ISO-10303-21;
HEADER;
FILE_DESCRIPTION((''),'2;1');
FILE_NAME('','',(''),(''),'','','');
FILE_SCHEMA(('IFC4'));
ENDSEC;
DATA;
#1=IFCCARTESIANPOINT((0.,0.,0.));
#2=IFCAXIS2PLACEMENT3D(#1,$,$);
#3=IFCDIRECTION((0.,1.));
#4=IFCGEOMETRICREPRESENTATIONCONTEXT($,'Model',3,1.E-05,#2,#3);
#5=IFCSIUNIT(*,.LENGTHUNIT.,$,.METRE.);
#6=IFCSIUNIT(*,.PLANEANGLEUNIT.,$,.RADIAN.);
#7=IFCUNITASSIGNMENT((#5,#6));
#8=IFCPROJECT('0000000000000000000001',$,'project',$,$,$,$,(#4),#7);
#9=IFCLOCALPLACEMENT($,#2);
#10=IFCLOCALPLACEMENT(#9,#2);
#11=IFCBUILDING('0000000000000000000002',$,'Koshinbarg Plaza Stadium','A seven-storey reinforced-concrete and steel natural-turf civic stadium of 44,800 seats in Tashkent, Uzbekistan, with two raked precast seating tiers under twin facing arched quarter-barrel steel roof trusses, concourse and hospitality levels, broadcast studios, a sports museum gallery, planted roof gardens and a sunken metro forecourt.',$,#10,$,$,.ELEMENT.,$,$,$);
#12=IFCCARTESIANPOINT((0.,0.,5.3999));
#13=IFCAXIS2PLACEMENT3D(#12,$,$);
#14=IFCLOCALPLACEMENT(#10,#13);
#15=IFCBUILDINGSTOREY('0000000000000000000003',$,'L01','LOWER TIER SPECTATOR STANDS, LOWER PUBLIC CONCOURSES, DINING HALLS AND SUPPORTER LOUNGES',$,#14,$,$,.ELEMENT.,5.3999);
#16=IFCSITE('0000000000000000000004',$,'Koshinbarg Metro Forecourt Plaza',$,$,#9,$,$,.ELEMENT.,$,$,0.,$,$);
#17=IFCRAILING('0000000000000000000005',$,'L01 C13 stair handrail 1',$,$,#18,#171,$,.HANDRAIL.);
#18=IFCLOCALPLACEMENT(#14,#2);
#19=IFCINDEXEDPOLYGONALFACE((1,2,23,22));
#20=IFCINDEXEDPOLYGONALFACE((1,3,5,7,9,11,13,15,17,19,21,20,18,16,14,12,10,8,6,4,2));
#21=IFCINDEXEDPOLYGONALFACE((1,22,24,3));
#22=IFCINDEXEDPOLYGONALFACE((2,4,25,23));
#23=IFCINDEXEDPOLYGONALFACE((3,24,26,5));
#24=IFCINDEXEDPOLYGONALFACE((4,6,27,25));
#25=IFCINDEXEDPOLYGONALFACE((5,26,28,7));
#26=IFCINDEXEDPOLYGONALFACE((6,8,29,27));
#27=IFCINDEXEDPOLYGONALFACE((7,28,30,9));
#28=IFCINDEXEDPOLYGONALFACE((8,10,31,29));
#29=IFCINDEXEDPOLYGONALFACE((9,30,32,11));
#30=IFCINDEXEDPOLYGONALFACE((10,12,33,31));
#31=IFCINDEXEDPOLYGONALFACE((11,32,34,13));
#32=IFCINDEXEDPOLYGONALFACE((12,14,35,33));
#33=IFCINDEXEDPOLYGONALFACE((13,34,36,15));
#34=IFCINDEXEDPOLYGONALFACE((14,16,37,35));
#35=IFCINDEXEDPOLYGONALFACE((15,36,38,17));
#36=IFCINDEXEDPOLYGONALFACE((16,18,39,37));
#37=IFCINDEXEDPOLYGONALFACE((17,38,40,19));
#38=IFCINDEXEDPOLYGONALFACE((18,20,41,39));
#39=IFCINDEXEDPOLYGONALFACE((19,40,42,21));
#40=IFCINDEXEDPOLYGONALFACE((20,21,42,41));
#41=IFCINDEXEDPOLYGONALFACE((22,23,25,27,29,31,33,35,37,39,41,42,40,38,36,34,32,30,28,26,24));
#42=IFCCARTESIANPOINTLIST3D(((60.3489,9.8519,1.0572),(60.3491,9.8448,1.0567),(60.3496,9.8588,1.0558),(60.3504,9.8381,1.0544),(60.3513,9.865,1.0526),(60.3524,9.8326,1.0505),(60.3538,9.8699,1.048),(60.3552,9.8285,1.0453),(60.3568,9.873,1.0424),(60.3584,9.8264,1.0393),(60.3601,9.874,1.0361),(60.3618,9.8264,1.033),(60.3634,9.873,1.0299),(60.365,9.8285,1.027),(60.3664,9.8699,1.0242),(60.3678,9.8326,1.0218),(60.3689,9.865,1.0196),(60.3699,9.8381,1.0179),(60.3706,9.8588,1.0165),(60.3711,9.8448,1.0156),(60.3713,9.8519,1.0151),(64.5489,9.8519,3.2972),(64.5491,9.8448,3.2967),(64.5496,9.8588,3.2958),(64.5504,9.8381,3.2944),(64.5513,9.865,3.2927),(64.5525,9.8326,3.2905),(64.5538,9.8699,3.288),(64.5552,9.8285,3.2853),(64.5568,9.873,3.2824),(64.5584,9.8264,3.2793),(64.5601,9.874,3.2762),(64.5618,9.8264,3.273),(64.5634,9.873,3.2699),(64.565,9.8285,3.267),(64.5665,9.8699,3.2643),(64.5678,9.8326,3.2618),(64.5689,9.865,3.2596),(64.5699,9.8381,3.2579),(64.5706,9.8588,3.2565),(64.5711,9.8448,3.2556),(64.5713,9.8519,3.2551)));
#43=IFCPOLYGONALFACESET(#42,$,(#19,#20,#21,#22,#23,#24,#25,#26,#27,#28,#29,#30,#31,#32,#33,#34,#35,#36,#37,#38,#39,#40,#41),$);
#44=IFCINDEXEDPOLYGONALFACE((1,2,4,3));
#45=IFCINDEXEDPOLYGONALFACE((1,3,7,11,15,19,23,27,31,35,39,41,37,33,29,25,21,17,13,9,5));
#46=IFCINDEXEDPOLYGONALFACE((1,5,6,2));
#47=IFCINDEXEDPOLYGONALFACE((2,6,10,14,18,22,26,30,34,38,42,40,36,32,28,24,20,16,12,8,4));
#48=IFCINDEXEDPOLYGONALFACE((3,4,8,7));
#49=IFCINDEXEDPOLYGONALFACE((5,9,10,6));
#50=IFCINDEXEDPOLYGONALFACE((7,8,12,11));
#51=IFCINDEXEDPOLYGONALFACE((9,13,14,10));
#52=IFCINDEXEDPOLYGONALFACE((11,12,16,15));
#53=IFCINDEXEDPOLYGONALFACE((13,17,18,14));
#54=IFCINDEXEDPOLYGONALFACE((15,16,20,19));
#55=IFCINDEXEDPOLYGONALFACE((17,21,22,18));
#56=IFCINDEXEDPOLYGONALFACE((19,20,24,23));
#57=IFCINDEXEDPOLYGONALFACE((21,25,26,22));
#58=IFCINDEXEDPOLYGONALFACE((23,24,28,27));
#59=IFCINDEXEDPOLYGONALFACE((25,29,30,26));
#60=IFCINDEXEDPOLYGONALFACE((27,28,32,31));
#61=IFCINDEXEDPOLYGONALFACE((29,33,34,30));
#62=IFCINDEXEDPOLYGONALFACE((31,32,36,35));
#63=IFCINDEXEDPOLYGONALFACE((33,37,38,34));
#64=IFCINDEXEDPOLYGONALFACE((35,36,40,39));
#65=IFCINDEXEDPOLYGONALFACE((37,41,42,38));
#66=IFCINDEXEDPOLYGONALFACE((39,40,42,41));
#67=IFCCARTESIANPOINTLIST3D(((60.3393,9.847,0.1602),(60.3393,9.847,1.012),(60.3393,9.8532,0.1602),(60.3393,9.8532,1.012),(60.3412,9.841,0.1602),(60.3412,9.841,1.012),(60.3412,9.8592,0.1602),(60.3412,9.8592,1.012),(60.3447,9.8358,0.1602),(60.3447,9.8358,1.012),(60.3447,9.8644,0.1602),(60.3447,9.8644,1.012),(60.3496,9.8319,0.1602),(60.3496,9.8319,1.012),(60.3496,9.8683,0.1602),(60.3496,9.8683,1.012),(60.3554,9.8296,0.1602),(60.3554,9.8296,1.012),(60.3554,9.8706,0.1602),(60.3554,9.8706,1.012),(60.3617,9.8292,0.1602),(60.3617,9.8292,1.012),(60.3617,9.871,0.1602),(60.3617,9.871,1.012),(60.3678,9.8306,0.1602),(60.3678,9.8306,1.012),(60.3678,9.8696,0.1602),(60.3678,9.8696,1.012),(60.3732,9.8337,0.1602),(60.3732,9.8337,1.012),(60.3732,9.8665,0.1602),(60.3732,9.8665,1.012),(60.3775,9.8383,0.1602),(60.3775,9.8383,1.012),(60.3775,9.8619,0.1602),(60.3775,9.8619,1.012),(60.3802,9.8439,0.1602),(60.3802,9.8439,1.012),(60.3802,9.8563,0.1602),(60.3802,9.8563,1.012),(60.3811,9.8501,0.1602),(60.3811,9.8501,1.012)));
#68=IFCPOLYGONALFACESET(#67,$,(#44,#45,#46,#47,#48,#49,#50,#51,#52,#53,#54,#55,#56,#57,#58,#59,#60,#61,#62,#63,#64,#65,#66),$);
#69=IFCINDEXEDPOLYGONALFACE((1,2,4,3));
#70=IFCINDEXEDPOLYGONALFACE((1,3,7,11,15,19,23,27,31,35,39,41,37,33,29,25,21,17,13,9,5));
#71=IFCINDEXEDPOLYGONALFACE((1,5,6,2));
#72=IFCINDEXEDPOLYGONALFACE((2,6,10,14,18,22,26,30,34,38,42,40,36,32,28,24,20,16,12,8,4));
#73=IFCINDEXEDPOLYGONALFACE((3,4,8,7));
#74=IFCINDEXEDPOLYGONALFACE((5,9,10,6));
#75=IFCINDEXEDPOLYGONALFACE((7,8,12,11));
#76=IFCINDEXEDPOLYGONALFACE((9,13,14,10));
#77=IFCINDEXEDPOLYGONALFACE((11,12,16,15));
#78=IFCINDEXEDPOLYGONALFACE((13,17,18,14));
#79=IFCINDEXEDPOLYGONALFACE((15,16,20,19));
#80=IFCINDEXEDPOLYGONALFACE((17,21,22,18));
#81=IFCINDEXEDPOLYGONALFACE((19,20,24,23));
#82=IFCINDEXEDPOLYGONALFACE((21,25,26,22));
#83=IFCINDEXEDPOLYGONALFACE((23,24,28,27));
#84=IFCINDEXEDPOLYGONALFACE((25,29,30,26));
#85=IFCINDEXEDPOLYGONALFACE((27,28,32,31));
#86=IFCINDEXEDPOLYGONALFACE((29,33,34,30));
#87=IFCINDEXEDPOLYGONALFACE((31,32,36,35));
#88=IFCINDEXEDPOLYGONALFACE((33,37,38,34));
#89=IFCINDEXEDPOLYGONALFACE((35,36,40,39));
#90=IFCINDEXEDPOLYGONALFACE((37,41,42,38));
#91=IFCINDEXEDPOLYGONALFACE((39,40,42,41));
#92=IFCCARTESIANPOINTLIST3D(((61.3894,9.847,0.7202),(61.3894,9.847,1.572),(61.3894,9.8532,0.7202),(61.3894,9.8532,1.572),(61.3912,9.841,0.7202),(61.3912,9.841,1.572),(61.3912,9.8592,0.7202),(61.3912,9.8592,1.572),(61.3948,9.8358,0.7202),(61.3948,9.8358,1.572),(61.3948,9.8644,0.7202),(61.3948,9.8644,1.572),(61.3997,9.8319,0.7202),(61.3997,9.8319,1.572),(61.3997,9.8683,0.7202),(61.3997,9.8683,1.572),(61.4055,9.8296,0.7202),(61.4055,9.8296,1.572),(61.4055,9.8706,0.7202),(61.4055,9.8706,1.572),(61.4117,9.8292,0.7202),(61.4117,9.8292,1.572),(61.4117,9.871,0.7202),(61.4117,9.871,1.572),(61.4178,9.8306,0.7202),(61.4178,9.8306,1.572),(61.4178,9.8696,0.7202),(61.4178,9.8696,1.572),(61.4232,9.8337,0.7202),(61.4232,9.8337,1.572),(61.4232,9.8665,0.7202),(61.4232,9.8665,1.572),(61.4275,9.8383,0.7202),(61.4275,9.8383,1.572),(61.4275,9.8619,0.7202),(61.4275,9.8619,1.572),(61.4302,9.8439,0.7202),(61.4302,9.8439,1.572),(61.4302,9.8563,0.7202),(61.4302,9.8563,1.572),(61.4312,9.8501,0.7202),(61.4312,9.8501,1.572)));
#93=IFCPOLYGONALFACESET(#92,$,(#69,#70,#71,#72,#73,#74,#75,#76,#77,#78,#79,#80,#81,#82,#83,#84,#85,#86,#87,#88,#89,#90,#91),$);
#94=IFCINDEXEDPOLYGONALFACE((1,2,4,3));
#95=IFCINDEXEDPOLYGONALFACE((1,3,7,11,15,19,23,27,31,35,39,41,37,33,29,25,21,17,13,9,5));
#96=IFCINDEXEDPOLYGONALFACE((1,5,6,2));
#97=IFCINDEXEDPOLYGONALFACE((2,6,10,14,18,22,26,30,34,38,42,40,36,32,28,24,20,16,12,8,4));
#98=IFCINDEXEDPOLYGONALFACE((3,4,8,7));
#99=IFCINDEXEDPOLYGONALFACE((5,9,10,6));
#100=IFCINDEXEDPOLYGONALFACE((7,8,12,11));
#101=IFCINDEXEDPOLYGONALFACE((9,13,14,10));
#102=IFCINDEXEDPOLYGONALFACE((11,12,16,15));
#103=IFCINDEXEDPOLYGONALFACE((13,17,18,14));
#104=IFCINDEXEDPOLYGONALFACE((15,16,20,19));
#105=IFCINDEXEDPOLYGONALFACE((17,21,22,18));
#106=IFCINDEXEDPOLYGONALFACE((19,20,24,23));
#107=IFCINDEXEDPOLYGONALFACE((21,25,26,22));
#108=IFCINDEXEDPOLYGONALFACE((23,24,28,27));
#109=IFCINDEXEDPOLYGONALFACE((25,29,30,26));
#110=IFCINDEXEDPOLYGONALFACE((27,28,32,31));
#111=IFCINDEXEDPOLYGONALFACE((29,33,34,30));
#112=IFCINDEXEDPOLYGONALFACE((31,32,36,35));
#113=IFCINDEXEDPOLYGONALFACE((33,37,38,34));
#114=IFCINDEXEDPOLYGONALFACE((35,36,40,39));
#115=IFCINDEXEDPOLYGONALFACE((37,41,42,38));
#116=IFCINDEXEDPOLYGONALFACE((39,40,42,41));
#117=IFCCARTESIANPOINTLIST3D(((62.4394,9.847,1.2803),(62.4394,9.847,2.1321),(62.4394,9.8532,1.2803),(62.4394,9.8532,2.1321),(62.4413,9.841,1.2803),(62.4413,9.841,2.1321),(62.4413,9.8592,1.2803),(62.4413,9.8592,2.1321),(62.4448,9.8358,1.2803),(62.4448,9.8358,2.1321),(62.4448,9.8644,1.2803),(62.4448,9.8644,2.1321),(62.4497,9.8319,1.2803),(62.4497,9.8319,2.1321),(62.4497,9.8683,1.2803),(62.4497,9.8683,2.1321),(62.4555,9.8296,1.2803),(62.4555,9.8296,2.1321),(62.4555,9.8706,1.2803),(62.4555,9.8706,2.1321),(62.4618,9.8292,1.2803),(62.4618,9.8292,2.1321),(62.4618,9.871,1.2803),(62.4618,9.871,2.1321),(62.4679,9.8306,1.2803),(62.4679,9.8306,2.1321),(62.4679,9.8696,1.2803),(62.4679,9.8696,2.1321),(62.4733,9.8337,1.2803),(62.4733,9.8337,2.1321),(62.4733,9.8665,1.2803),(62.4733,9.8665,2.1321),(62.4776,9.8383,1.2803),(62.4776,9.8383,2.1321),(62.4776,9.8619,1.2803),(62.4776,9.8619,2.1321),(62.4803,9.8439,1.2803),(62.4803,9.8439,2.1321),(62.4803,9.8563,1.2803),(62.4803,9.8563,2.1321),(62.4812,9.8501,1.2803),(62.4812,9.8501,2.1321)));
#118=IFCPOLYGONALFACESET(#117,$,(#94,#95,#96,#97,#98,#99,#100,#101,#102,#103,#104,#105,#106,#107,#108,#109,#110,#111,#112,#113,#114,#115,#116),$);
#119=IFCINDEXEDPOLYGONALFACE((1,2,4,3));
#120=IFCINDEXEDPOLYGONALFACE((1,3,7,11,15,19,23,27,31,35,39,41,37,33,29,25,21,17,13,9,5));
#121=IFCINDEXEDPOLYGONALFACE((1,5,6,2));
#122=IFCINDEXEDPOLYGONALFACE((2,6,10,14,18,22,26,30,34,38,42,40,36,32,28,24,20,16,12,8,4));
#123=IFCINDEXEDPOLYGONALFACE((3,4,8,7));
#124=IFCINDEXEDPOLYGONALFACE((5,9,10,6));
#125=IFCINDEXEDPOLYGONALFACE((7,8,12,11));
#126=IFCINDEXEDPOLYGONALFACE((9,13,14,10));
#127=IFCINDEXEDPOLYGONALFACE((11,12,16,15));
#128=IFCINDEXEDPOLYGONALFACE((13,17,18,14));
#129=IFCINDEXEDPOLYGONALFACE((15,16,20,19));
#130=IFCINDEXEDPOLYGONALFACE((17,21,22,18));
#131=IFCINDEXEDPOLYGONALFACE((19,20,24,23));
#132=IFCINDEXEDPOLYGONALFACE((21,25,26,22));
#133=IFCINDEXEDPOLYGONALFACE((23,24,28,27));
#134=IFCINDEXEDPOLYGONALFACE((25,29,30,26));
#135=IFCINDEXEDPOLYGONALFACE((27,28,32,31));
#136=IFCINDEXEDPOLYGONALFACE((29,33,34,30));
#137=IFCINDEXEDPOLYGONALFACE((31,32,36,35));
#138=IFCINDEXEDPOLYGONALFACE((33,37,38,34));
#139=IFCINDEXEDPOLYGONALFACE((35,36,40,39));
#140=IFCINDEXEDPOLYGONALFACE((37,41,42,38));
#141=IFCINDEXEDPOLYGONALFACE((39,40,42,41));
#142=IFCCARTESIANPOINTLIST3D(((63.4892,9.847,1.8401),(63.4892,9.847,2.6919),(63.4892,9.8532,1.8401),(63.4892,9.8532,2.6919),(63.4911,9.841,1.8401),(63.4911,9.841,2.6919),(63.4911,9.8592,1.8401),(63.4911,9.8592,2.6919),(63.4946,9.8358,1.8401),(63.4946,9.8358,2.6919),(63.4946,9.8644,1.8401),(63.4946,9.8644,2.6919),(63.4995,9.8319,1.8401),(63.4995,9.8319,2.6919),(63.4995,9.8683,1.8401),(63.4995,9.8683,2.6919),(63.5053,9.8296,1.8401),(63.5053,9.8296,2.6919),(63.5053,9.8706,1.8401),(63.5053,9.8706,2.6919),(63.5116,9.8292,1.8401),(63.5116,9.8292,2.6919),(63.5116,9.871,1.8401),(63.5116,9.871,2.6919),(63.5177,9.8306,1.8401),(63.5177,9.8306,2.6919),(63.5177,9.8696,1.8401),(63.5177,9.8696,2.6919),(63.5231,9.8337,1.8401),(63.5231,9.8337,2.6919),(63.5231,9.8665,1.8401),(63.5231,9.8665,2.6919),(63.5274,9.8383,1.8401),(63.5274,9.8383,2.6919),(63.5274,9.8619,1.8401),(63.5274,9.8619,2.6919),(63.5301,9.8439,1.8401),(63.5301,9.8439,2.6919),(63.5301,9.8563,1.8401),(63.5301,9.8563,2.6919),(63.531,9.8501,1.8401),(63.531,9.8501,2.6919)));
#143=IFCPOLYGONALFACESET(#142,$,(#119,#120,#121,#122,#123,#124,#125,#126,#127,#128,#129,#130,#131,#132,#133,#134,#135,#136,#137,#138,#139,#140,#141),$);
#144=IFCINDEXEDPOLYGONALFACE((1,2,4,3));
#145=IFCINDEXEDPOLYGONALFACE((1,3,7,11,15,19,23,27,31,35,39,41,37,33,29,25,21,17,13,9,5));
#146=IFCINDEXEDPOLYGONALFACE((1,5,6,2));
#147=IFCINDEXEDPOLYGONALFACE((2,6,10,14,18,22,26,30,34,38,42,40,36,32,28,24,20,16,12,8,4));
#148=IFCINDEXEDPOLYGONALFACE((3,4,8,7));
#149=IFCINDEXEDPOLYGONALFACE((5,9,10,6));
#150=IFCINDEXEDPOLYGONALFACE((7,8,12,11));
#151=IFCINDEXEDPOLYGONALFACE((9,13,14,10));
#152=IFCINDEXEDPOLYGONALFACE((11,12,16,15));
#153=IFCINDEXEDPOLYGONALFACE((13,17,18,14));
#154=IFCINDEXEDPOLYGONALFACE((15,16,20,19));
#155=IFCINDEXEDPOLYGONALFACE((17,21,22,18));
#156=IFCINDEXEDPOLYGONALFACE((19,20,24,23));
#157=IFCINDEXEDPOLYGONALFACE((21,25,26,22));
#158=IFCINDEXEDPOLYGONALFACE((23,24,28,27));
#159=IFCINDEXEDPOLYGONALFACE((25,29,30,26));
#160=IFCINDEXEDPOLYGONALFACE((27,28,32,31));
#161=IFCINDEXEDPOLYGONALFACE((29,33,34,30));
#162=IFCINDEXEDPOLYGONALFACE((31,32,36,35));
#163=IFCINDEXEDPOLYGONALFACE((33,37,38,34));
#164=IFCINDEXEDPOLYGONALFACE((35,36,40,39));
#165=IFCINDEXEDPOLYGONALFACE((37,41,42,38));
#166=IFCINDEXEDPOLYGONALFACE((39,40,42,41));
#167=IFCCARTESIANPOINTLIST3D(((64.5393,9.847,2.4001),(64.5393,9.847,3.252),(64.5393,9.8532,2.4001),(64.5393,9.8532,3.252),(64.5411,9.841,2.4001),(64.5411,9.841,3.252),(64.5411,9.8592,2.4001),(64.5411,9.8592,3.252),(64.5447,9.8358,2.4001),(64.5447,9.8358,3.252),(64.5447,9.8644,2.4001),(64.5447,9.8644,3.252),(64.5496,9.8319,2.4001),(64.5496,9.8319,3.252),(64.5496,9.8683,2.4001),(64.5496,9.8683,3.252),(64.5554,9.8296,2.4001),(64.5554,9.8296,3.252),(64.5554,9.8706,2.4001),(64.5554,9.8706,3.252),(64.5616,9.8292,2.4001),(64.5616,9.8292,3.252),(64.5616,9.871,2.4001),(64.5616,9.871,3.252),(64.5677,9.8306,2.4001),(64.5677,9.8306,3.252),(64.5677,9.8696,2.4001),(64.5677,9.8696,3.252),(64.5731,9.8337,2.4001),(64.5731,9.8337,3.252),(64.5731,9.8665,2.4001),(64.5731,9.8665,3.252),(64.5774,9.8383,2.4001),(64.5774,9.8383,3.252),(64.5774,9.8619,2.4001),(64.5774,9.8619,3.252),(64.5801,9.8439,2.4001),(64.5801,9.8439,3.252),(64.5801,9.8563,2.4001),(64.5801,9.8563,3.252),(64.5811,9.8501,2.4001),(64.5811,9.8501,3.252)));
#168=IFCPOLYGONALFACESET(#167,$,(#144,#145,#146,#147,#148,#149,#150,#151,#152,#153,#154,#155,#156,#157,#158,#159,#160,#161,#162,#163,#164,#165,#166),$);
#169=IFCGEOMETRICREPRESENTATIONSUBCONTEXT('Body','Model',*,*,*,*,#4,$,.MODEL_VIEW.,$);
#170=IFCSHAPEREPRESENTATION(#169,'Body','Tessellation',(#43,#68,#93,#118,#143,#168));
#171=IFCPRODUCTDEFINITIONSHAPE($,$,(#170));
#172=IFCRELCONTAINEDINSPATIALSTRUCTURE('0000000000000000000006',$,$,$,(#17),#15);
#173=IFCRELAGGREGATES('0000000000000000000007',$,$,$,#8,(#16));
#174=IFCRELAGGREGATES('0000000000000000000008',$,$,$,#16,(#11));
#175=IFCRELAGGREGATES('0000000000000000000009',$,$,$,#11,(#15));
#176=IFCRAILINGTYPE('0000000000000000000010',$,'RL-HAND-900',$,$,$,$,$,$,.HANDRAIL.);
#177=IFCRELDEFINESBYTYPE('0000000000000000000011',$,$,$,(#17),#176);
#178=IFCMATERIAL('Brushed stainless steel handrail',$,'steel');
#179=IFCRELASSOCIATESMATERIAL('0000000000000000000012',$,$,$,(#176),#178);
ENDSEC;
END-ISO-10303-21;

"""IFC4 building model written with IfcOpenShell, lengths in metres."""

from ifc_helpers import new_model, si_unit, direction, frame, origin, origin_2d, place, context, subcontext, project, spatial, circle, extrude, material, type_object, element, save


model = new_model("IFC4")

# Units and contexts
model_context = context("Model", 3, precision=1e-05, world=origin(), true_north=direction((0.0, 1.0)))
body_context = subcontext(model_context, "Body", "Model", "MODEL_VIEW")
ifc_project = project(units=[si_unit("LENGTHUNIT", "METRE"), si_unit("PLANEANGLEUNIT", "RADIAN")], contexts=[model_context])

# Site, building, storey
site_placement = place(None, origin())
site = spatial("IfcSite", under=ifc_project, at=site_placement, Name="Koshinbarg Metro Forecourt Plaza", CompositionType="ELEMENT", RefElevation=0.0)
building_placement = place(site_placement, origin())
building = spatial("IfcBuilding", under=site, at=building_placement, Name="Koshinbarg Plaza Stadium", Description="A seven-storey reinforced-concrete and steel natural-turf civic stadium of 44,800 seats in Tashkent, Uzbekistan, with two raked precast seating tiers under twin facing arched quarter-barrel steel roof trusses, concourse and hospitality levels, broadcast studios, a sports museum gallery, planted roof gardens and a sunken metro forecourt.", CompositionType="ELEMENT")
storey_placement = place(building_placement, frame((0.0, 0.0, 5.3999)))
storey = spatial("IfcBuildingStorey", under=building, at=storey_placement, Name="L01", Description="LOWER TIER SPECTATOR STANDS, LOWER PUBLIC CONCOURSES, DINING HALLS AND SUPPORTER LOUNGES", CompositionType="ELEMENT", Elevation=5.3999)

# Railing
ifc_material_1 = material(Name="Brushed stainless steel handrail", Category="steel")
railing_type_1 = type_object("IfcRailingType", Name="RL-HAND-900", PredefinedType="HANDRAIL", material=ifc_material_1)
railing_1_placement = place(storey_placement, frame((60.3601, 9.8501, 0.1602)))
element("IfcRailing", 1, at=railing_1_placement, inside=storey, type_object=railing_type_1, Name="L01 C13 stair handrail 1", PredefinedType="HANDRAIL", context=body_context, shape_type="SweptSolid", body=[
    extrude(circle(Radius=0.0239, at=origin_2d()), frame((0.0, 0.0, 0.876), z_axis=(0.882352, 0.0, 0.470591), x_axis=(0.0, 1.0, 0.0)), (0.0, 0.0, 1.0), 4.76),
    extrude(circle(Radius=0.021, at=origin_2d()), origin(), (0.0, 0.0, 1.0), 0.8518),
    extrude(circle(Radius=0.021, at=origin_2d()), frame((1.05, 0.0, 0.5601)), (0.0, 0.0, 1.0), 0.8518),
    extrude(circle(Radius=0.021, at=origin_2d()), frame((2.1001, 0.0, 1.1201)), (0.0, 0.0, 1.0), 0.8518),
    extrude(circle(Radius=0.021, at=origin_2d()), frame((3.1499, 0.0, 1.6799)), (0.0, 0.0, 1.0), 0.8518),
    extrude(circle(Radius=0.021, at=origin_2d()), frame((4.2, 0.0, 2.24)), (0.0, 0.0, 1.0), 0.8518),
])

save(model, "model.ifc")
